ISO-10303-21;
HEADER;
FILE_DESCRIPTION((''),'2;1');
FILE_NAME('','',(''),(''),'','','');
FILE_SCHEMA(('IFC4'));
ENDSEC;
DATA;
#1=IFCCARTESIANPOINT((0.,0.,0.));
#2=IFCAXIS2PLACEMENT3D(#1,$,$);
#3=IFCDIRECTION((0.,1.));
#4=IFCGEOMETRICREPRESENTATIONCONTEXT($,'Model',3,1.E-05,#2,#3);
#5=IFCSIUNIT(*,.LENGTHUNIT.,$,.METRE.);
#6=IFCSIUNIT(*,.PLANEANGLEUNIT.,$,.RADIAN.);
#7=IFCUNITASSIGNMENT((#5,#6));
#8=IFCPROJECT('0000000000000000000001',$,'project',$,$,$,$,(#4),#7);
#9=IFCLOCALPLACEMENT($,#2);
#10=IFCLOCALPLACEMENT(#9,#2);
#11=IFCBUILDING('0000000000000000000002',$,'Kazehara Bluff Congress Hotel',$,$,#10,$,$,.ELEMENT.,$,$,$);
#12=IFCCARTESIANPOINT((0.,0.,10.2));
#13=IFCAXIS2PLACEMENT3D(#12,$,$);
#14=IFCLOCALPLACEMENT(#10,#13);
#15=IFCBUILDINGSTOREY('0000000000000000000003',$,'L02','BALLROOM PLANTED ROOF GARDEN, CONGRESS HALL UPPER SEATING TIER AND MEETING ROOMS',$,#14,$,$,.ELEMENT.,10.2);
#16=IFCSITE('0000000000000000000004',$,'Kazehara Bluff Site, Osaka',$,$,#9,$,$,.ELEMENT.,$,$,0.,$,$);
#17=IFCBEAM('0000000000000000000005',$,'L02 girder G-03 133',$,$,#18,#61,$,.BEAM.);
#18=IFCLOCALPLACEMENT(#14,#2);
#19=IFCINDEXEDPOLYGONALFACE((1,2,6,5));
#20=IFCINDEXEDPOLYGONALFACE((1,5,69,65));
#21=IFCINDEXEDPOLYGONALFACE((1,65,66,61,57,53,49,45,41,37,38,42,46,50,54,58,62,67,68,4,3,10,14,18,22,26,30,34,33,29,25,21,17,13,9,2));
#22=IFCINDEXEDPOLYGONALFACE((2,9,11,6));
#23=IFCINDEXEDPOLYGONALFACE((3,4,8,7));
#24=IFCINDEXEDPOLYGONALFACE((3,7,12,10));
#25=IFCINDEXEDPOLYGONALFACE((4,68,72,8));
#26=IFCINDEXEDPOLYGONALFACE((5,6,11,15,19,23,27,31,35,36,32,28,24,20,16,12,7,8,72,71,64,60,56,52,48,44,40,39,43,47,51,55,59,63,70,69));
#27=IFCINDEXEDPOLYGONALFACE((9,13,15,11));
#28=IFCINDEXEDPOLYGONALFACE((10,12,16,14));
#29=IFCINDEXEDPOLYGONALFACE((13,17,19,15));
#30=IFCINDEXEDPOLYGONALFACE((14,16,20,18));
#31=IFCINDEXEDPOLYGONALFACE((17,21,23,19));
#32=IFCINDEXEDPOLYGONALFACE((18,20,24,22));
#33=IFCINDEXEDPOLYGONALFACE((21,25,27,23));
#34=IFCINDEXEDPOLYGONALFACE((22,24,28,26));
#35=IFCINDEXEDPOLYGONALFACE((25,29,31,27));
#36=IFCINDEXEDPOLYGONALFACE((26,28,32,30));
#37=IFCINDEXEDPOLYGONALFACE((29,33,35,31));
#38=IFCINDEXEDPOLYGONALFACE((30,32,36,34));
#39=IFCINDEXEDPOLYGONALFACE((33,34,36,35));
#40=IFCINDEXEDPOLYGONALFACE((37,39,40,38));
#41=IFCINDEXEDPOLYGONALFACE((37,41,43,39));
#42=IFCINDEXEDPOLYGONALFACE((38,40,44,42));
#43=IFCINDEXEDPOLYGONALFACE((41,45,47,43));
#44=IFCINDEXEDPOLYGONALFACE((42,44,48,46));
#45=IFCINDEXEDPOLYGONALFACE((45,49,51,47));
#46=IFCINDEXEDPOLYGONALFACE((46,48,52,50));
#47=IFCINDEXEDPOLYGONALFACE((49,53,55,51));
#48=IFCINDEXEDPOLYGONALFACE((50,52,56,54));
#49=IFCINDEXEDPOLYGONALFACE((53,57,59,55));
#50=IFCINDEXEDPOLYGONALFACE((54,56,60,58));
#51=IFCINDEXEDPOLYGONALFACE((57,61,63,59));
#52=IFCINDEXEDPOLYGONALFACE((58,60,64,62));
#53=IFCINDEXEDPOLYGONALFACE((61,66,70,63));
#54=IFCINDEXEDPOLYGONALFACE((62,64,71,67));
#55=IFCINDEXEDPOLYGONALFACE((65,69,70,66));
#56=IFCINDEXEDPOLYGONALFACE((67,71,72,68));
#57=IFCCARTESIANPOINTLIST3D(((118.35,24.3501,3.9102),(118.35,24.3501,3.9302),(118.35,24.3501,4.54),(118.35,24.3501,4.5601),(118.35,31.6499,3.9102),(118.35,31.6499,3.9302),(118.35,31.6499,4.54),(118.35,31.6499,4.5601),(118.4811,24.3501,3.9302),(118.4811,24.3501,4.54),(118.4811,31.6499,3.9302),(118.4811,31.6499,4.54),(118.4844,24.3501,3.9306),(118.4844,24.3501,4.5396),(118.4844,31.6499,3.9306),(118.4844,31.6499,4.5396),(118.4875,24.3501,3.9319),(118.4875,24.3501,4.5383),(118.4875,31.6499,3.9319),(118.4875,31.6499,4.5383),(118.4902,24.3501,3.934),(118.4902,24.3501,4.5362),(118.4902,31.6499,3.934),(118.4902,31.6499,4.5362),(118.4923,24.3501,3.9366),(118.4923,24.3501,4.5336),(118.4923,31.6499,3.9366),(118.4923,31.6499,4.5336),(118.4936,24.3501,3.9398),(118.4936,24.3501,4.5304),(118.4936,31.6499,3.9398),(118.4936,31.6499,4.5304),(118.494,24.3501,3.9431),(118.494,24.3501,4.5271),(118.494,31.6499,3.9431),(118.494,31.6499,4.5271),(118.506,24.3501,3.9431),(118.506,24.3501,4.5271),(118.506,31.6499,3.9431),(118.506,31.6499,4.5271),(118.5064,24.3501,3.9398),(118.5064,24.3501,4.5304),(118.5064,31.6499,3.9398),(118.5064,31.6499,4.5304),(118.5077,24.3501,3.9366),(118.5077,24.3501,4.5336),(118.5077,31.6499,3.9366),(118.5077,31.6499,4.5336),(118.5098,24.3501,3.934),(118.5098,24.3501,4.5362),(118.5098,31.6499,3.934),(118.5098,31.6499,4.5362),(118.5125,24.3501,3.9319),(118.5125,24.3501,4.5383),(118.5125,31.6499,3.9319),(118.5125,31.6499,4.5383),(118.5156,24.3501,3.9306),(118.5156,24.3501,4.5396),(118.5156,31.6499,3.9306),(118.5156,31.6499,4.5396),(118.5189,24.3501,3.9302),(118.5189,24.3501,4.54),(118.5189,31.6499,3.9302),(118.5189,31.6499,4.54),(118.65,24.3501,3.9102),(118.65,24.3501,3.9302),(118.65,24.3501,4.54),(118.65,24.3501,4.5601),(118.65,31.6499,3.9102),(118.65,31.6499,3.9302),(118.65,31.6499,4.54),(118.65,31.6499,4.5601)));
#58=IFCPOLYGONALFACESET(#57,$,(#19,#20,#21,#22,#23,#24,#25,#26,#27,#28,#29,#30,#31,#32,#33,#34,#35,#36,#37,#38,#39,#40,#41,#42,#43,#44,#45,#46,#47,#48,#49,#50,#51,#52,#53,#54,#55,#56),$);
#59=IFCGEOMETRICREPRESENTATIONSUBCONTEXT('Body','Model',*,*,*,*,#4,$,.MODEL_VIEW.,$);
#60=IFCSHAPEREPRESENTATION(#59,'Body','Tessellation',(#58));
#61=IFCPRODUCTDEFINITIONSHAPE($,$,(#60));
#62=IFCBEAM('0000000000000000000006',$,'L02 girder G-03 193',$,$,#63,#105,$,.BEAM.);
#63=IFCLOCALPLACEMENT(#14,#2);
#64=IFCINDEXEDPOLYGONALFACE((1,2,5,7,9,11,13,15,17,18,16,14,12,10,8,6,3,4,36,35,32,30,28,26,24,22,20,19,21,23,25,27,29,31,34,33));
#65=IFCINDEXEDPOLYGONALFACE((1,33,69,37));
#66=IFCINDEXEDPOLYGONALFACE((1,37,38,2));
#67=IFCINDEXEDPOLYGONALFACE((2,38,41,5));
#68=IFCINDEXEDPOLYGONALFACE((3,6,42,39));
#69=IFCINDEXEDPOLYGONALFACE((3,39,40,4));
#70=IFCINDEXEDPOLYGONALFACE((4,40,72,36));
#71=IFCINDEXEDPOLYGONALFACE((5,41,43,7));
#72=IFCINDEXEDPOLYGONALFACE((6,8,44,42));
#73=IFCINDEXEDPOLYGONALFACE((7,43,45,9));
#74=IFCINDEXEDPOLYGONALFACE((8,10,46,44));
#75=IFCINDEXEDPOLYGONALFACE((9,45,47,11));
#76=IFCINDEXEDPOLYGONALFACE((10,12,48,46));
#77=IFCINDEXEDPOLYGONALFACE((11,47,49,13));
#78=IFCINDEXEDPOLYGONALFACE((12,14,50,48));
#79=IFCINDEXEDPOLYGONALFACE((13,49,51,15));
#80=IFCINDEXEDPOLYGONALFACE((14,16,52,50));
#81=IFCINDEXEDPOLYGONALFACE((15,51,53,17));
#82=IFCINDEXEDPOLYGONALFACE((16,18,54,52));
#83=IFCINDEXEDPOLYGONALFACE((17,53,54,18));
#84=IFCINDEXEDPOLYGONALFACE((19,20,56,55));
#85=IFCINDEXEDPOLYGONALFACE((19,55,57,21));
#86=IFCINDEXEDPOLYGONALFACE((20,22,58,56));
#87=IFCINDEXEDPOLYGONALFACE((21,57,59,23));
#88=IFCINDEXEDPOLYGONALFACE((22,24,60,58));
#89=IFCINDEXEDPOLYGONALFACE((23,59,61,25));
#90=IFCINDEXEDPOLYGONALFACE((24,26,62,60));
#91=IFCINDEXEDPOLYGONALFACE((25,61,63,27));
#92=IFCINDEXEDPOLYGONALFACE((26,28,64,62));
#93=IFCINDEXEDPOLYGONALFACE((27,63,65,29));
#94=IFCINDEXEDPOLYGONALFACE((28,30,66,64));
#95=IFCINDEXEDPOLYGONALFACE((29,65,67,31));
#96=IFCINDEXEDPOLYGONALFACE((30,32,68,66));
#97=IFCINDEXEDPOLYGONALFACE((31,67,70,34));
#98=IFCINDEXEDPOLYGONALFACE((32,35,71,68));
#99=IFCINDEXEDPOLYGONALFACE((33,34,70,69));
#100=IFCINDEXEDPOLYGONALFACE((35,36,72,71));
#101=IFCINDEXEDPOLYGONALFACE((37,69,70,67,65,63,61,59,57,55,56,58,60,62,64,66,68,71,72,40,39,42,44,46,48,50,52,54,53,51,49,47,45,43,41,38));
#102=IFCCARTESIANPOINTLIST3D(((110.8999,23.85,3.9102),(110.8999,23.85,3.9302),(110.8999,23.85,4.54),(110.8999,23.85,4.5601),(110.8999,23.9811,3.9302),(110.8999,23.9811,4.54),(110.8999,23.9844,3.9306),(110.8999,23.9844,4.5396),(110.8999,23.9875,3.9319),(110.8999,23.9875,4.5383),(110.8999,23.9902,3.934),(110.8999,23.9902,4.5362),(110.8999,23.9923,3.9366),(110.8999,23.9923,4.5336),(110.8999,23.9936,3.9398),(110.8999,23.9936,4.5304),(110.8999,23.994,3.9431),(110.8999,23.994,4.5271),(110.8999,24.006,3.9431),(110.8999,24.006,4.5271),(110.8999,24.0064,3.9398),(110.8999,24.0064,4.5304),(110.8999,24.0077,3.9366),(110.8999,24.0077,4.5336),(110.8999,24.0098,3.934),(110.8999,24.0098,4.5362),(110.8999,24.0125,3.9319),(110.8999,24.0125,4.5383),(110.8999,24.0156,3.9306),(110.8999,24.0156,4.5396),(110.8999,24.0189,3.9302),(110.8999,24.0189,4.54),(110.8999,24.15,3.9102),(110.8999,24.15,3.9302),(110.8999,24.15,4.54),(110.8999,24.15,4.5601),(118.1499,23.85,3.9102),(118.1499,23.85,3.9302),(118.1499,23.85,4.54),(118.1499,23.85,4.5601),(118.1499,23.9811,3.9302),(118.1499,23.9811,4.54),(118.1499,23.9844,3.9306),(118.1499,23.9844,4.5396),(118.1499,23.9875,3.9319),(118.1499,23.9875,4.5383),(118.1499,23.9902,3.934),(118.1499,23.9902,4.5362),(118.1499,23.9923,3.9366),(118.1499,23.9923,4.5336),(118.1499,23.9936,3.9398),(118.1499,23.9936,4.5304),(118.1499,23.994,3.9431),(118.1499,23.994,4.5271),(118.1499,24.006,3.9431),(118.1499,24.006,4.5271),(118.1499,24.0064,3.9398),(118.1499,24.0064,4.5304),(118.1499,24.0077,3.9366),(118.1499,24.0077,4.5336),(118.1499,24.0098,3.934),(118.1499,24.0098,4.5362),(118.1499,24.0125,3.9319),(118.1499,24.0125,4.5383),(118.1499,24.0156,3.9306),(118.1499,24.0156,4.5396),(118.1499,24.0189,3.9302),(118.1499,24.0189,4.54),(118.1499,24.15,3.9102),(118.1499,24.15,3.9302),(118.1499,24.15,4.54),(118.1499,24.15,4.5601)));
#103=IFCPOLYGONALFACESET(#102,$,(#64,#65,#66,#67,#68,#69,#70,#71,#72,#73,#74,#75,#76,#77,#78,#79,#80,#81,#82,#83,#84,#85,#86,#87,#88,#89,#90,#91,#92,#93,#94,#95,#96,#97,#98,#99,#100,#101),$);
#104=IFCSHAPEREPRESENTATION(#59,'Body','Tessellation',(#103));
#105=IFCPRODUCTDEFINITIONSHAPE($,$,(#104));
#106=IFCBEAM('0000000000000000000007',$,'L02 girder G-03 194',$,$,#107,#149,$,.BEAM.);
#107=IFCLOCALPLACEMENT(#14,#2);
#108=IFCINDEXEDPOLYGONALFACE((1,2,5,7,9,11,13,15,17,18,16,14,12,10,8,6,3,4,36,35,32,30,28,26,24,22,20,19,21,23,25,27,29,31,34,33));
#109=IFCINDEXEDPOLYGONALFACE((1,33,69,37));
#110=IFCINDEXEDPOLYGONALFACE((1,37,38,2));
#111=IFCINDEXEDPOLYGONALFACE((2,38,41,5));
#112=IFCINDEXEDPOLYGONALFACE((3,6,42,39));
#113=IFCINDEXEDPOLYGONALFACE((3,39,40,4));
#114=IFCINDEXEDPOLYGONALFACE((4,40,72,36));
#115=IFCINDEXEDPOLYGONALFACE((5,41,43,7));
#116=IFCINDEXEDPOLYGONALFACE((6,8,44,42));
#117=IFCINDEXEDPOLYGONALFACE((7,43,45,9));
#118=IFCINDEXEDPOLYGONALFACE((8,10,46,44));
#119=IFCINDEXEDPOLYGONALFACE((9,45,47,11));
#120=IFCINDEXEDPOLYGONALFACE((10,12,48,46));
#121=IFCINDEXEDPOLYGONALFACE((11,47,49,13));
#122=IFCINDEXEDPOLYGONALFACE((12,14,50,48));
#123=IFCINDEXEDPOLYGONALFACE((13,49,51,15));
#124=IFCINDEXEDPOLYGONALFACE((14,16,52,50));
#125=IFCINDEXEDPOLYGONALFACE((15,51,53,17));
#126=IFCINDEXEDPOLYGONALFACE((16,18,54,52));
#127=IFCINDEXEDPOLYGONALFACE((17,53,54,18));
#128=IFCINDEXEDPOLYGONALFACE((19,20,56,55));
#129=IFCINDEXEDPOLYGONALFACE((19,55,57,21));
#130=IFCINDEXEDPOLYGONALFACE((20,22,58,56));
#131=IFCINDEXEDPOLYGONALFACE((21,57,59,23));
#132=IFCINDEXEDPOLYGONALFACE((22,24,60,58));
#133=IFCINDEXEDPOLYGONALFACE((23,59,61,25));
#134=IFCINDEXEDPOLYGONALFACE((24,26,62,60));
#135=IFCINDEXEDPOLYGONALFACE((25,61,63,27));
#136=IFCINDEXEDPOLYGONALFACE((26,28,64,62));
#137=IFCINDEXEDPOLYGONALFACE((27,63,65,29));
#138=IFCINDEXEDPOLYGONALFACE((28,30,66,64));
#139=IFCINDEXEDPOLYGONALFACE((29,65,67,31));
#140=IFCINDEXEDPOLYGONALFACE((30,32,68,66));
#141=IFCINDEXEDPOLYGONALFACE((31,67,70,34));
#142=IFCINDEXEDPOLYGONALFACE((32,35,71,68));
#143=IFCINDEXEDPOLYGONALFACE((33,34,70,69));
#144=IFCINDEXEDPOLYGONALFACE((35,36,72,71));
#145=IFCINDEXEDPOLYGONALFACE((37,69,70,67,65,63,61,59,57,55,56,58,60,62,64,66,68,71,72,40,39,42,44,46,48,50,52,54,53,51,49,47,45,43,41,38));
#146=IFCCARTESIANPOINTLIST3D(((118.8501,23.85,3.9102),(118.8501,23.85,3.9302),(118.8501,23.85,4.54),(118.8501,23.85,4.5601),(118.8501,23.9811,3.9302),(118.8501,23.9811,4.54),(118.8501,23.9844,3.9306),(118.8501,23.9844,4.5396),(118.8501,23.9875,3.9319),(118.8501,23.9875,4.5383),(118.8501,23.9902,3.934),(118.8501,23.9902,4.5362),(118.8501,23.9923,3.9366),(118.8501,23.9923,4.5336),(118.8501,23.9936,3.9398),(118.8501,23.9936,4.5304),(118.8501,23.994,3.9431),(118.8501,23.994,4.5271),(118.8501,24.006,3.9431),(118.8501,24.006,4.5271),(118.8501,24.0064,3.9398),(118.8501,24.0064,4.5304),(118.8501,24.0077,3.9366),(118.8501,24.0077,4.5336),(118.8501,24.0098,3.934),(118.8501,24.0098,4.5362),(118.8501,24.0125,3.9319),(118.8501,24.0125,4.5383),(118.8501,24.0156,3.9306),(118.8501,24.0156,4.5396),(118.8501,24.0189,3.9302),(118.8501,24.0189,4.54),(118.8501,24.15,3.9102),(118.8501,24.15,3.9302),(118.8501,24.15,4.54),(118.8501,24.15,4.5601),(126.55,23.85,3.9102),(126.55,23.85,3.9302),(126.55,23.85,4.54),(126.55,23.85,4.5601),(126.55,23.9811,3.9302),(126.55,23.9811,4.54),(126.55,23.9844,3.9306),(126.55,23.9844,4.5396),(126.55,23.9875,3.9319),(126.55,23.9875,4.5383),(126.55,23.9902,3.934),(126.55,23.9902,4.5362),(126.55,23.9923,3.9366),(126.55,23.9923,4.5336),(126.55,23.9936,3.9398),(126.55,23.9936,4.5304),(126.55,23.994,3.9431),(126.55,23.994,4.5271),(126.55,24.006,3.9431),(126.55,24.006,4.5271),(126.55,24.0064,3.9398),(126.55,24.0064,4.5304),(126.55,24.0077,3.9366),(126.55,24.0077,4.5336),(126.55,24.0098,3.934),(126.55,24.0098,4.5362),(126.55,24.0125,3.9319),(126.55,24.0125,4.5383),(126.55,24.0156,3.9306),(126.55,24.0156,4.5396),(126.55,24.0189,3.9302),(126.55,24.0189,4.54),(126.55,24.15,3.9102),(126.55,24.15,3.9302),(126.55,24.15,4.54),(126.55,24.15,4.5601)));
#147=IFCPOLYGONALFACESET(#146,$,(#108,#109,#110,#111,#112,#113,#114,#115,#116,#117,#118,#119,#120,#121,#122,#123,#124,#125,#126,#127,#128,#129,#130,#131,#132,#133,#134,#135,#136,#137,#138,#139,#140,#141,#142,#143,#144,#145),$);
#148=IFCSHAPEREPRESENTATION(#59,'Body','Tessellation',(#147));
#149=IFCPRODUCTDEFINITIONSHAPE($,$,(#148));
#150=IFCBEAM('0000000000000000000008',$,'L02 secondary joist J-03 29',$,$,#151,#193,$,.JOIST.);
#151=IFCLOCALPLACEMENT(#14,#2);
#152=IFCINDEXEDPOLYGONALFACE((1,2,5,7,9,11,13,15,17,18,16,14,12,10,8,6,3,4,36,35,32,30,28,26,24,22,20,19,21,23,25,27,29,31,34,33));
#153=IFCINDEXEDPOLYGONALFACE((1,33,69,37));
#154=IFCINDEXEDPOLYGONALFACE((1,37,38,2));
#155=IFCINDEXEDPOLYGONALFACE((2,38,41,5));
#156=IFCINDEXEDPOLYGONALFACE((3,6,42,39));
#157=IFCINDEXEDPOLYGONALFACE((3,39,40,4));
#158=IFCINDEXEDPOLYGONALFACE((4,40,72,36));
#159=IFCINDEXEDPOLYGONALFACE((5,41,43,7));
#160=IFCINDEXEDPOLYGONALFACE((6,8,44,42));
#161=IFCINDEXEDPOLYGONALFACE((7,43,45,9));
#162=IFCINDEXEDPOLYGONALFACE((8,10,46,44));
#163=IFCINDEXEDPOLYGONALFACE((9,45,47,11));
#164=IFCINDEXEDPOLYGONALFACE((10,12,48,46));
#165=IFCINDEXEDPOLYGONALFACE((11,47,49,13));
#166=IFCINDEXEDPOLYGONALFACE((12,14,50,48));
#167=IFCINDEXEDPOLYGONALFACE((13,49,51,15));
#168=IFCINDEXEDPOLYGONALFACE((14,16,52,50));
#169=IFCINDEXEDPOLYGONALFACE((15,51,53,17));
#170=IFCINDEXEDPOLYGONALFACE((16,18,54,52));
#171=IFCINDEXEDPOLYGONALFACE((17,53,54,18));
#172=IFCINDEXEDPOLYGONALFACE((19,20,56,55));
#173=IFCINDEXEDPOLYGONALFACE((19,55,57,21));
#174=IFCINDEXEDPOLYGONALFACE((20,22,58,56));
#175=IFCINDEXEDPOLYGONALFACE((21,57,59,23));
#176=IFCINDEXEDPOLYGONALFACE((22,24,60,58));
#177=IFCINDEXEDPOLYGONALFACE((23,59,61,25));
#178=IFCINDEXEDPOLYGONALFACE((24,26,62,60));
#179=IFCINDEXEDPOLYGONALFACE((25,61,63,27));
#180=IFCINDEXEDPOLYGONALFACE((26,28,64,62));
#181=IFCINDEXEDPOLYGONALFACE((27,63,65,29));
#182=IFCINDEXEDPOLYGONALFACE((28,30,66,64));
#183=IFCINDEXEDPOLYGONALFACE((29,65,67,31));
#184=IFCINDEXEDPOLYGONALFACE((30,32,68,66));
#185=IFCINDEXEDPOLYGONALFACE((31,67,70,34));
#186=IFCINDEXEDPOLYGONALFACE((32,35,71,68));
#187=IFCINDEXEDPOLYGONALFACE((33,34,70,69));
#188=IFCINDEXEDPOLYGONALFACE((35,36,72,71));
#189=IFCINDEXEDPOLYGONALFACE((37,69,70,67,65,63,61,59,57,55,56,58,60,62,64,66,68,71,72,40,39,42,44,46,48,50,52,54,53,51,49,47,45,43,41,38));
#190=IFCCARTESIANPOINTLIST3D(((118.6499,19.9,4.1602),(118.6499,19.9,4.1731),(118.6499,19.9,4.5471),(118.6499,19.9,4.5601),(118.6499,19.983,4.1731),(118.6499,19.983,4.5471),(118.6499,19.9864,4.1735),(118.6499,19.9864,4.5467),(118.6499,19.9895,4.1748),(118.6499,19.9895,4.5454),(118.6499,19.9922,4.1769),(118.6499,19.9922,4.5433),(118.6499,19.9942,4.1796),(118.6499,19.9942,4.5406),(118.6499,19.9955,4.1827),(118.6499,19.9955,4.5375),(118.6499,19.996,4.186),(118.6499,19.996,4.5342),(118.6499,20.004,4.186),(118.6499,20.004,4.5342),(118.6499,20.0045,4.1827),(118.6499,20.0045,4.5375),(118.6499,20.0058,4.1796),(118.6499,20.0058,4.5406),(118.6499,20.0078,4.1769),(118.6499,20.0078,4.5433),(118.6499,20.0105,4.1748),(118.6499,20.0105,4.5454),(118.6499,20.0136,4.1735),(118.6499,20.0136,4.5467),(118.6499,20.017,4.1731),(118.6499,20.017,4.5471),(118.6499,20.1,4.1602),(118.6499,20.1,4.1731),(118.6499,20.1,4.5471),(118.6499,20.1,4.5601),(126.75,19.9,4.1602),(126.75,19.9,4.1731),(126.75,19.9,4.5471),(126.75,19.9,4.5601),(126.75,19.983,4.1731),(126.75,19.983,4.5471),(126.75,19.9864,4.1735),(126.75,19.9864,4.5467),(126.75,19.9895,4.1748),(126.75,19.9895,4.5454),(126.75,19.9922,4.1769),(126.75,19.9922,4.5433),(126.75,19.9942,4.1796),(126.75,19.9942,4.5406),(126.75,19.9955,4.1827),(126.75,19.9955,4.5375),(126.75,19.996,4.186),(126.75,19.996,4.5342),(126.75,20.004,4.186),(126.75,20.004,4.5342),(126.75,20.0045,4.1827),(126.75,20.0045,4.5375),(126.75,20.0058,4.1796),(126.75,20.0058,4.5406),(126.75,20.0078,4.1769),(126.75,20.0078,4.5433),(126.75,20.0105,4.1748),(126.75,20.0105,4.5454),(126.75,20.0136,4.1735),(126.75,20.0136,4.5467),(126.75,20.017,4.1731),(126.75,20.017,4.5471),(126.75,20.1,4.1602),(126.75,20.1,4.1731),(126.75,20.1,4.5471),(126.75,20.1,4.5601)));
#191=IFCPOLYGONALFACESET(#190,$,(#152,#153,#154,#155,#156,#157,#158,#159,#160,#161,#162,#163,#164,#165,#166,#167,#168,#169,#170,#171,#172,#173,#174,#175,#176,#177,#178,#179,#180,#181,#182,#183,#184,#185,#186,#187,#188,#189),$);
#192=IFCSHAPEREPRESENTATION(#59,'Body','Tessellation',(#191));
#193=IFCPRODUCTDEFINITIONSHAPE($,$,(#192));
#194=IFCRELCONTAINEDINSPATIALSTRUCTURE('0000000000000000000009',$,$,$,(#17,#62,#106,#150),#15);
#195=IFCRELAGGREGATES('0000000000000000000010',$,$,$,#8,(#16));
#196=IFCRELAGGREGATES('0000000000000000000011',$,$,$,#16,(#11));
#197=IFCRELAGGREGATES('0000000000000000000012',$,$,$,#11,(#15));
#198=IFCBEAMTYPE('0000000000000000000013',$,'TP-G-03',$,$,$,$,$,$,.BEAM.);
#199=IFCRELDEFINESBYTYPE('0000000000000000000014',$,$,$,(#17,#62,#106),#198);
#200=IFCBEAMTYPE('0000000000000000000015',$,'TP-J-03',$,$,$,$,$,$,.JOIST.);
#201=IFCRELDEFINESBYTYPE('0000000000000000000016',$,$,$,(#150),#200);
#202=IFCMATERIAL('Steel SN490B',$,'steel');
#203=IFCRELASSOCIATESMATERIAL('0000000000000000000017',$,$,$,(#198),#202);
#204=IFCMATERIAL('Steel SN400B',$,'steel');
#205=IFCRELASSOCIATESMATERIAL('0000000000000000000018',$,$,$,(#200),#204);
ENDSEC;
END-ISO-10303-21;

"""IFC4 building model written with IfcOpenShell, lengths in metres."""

from ifc_helpers import new_model, si_unit, direction, frame, origin, origin_2d, place, context, subcontext, project, spatial, i_section, extrude, material, material_profile, profile_set, type_object, element, save


model = new_model("IFC4")

# Units and contexts
model_context = context("Model", 3, precision=1e-05, world=origin(), true_north=direction((0.0, 1.0)))
body_context = subcontext(model_context, "Body", "Model", "MODEL_VIEW")
ifc_project = project(units=[si_unit("LENGTHUNIT", "METRE"), si_unit("PLANEANGLEUNIT", "RADIAN")], contexts=[model_context])

# Site, building, storey
site_placement = place(None, origin())
site = spatial("IfcSite", under=ifc_project, at=site_placement, Name="Kazehara Bluff Site, Osaka", CompositionType="ELEMENT", RefElevation=0.0)
building_placement = place(site_placement, origin())
building = spatial("IfcBuilding", under=site, at=building_placement, Name="Kazehara Bluff Congress Hotel", CompositionType="ELEMENT")
storey_placement = place(building_placement, frame((0.0, 0.0, 10.2)))
storey = spatial("IfcBuildingStorey", under=building, at=storey_placement, Name="L02", Description="BALLROOM PLANTED ROOF GARDEN, CONGRESS HALL UPPER SEATING TIER AND MEETING ROOMS", CompositionType="ELEMENT", Elevation=10.2)

# Beams
ifc_material_1 = material(Name="Steel SN490B", Category="steel")
ifc_material_profile_1 = material_profile(ifc_material_1, i_section(OverallWidth=0.3, OverallDepth=0.6499, WebThickness=0.012, FlangeThickness=0.02, FilletRadius=0.0129, at=origin_2d()))
ifc_profile_set_1 = profile_set([ifc_material_profile_1], Name="Steel SN490B")
beam_type_1 = type_object("IfcBeamType", Name="TP-G-03", PredefinedType="BEAM", material=ifc_profile_set_1)
for number, where, z_axis, x_axis, name in (
    (1, (118.5, 24.3501, 4.2351), (0.0, 1.0, 0.0), (-1.0, 0.0, 0.0), "L02 girder G-03 133"),
):
    element("IfcBeam", number, at=place(storey_placement, frame(where, z_axis=z_axis, x_axis=x_axis)), inside=storey, type_object=beam_type_1, Name=name, PredefinedType="BEAM", context=body_context, shape_type="SweptSolid", body=[
        extrude(i_section(OverallWidth=0.3, OverallDepth=0.6499, WebThickness=0.012, FlangeThickness=0.02, FilletRadius=0.0129, at=origin_2d()), origin(), (0.0, 0.0, 1.0), 7.2998),
    ])
beam_1_placement = place(storey_placement, frame((110.8999, 24.0, 4.2351), z_axis=(1.0, 0.0, 0.0), x_axis=(0.0, 1.0, 0.0)))
element("IfcBeam", 2, at=beam_1_placement, inside=storey, type_object=beam_type_1, Name="L02 girder G-03 193", PredefinedType="BEAM", context=body_context, shape_type="SweptSolid", body=[
    extrude(i_section(OverallWidth=0.3, OverallDepth=0.6499, WebThickness=0.012, FlangeThickness=0.02, FilletRadius=0.0129, at=origin_2d()), origin(), (0.0, 0.0, 1.0), 7.25),
])
beam_2_placement = place(storey_placement, frame((118.8501, 24.0, 4.2351), z_axis=(1.0, 0.0, 0.0), x_axis=(0.0, 1.0, 0.0)))
element("IfcBeam", 3, at=beam_2_placement, inside=storey, type_object=beam_type_1, Name="L02 girder G-03 194", PredefinedType="BEAM", context=body_context, shape_type="SweptSolid", body=[
    extrude(i_section(OverallWidth=0.3, OverallDepth=0.6499, WebThickness=0.012, FlangeThickness=0.02, FilletRadius=0.0129, at=origin_2d()), origin(), (0.0, 0.0, 1.0), 7.7),
])
ifc_material_2 = material(Name="Steel SN400B", Category="steel")
ifc_material_profile_2 = material_profile(ifc_material_2, i_section(OverallWidth=0.2, OverallDepth=0.3999, WebThickness=0.0081, FlangeThickness=0.0129, FilletRadius=0.0129, at=origin_2d()))
ifc_profile_set_2 = profile_set([ifc_material_profile_2], Name="Steel SN400B")
beam_type_2 = type_object("IfcBeamType", Name="TP-J-03", PredefinedType="JOIST", material=ifc_profile_set_2)
for number, where, z_axis, x_axis, name in (
    (4, (118.6499, 20.0, 4.3601), (1.0, 0.0, 0.0), (0.0, 1.0, 0.0), "L02 secondary joist J-03 29"),
):
    element("IfcBeam", number, at=place(storey_placement, frame(where, z_axis=z_axis, x_axis=x_axis)), inside=storey, type_object=beam_type_2, Name=name, PredefinedType="JOIST", context=body_context, shape_type="SweptSolid", body=[
        extrude(i_section(OverallWidth=0.2, OverallDepth=0.3999, WebThickness=0.0081, FlangeThickness=0.0129, FilletRadius=0.0129, at=origin_2d()), origin(), (0.0, 0.0, 1.0), 8.1001),
    ])

save(model, "model.ifc")
